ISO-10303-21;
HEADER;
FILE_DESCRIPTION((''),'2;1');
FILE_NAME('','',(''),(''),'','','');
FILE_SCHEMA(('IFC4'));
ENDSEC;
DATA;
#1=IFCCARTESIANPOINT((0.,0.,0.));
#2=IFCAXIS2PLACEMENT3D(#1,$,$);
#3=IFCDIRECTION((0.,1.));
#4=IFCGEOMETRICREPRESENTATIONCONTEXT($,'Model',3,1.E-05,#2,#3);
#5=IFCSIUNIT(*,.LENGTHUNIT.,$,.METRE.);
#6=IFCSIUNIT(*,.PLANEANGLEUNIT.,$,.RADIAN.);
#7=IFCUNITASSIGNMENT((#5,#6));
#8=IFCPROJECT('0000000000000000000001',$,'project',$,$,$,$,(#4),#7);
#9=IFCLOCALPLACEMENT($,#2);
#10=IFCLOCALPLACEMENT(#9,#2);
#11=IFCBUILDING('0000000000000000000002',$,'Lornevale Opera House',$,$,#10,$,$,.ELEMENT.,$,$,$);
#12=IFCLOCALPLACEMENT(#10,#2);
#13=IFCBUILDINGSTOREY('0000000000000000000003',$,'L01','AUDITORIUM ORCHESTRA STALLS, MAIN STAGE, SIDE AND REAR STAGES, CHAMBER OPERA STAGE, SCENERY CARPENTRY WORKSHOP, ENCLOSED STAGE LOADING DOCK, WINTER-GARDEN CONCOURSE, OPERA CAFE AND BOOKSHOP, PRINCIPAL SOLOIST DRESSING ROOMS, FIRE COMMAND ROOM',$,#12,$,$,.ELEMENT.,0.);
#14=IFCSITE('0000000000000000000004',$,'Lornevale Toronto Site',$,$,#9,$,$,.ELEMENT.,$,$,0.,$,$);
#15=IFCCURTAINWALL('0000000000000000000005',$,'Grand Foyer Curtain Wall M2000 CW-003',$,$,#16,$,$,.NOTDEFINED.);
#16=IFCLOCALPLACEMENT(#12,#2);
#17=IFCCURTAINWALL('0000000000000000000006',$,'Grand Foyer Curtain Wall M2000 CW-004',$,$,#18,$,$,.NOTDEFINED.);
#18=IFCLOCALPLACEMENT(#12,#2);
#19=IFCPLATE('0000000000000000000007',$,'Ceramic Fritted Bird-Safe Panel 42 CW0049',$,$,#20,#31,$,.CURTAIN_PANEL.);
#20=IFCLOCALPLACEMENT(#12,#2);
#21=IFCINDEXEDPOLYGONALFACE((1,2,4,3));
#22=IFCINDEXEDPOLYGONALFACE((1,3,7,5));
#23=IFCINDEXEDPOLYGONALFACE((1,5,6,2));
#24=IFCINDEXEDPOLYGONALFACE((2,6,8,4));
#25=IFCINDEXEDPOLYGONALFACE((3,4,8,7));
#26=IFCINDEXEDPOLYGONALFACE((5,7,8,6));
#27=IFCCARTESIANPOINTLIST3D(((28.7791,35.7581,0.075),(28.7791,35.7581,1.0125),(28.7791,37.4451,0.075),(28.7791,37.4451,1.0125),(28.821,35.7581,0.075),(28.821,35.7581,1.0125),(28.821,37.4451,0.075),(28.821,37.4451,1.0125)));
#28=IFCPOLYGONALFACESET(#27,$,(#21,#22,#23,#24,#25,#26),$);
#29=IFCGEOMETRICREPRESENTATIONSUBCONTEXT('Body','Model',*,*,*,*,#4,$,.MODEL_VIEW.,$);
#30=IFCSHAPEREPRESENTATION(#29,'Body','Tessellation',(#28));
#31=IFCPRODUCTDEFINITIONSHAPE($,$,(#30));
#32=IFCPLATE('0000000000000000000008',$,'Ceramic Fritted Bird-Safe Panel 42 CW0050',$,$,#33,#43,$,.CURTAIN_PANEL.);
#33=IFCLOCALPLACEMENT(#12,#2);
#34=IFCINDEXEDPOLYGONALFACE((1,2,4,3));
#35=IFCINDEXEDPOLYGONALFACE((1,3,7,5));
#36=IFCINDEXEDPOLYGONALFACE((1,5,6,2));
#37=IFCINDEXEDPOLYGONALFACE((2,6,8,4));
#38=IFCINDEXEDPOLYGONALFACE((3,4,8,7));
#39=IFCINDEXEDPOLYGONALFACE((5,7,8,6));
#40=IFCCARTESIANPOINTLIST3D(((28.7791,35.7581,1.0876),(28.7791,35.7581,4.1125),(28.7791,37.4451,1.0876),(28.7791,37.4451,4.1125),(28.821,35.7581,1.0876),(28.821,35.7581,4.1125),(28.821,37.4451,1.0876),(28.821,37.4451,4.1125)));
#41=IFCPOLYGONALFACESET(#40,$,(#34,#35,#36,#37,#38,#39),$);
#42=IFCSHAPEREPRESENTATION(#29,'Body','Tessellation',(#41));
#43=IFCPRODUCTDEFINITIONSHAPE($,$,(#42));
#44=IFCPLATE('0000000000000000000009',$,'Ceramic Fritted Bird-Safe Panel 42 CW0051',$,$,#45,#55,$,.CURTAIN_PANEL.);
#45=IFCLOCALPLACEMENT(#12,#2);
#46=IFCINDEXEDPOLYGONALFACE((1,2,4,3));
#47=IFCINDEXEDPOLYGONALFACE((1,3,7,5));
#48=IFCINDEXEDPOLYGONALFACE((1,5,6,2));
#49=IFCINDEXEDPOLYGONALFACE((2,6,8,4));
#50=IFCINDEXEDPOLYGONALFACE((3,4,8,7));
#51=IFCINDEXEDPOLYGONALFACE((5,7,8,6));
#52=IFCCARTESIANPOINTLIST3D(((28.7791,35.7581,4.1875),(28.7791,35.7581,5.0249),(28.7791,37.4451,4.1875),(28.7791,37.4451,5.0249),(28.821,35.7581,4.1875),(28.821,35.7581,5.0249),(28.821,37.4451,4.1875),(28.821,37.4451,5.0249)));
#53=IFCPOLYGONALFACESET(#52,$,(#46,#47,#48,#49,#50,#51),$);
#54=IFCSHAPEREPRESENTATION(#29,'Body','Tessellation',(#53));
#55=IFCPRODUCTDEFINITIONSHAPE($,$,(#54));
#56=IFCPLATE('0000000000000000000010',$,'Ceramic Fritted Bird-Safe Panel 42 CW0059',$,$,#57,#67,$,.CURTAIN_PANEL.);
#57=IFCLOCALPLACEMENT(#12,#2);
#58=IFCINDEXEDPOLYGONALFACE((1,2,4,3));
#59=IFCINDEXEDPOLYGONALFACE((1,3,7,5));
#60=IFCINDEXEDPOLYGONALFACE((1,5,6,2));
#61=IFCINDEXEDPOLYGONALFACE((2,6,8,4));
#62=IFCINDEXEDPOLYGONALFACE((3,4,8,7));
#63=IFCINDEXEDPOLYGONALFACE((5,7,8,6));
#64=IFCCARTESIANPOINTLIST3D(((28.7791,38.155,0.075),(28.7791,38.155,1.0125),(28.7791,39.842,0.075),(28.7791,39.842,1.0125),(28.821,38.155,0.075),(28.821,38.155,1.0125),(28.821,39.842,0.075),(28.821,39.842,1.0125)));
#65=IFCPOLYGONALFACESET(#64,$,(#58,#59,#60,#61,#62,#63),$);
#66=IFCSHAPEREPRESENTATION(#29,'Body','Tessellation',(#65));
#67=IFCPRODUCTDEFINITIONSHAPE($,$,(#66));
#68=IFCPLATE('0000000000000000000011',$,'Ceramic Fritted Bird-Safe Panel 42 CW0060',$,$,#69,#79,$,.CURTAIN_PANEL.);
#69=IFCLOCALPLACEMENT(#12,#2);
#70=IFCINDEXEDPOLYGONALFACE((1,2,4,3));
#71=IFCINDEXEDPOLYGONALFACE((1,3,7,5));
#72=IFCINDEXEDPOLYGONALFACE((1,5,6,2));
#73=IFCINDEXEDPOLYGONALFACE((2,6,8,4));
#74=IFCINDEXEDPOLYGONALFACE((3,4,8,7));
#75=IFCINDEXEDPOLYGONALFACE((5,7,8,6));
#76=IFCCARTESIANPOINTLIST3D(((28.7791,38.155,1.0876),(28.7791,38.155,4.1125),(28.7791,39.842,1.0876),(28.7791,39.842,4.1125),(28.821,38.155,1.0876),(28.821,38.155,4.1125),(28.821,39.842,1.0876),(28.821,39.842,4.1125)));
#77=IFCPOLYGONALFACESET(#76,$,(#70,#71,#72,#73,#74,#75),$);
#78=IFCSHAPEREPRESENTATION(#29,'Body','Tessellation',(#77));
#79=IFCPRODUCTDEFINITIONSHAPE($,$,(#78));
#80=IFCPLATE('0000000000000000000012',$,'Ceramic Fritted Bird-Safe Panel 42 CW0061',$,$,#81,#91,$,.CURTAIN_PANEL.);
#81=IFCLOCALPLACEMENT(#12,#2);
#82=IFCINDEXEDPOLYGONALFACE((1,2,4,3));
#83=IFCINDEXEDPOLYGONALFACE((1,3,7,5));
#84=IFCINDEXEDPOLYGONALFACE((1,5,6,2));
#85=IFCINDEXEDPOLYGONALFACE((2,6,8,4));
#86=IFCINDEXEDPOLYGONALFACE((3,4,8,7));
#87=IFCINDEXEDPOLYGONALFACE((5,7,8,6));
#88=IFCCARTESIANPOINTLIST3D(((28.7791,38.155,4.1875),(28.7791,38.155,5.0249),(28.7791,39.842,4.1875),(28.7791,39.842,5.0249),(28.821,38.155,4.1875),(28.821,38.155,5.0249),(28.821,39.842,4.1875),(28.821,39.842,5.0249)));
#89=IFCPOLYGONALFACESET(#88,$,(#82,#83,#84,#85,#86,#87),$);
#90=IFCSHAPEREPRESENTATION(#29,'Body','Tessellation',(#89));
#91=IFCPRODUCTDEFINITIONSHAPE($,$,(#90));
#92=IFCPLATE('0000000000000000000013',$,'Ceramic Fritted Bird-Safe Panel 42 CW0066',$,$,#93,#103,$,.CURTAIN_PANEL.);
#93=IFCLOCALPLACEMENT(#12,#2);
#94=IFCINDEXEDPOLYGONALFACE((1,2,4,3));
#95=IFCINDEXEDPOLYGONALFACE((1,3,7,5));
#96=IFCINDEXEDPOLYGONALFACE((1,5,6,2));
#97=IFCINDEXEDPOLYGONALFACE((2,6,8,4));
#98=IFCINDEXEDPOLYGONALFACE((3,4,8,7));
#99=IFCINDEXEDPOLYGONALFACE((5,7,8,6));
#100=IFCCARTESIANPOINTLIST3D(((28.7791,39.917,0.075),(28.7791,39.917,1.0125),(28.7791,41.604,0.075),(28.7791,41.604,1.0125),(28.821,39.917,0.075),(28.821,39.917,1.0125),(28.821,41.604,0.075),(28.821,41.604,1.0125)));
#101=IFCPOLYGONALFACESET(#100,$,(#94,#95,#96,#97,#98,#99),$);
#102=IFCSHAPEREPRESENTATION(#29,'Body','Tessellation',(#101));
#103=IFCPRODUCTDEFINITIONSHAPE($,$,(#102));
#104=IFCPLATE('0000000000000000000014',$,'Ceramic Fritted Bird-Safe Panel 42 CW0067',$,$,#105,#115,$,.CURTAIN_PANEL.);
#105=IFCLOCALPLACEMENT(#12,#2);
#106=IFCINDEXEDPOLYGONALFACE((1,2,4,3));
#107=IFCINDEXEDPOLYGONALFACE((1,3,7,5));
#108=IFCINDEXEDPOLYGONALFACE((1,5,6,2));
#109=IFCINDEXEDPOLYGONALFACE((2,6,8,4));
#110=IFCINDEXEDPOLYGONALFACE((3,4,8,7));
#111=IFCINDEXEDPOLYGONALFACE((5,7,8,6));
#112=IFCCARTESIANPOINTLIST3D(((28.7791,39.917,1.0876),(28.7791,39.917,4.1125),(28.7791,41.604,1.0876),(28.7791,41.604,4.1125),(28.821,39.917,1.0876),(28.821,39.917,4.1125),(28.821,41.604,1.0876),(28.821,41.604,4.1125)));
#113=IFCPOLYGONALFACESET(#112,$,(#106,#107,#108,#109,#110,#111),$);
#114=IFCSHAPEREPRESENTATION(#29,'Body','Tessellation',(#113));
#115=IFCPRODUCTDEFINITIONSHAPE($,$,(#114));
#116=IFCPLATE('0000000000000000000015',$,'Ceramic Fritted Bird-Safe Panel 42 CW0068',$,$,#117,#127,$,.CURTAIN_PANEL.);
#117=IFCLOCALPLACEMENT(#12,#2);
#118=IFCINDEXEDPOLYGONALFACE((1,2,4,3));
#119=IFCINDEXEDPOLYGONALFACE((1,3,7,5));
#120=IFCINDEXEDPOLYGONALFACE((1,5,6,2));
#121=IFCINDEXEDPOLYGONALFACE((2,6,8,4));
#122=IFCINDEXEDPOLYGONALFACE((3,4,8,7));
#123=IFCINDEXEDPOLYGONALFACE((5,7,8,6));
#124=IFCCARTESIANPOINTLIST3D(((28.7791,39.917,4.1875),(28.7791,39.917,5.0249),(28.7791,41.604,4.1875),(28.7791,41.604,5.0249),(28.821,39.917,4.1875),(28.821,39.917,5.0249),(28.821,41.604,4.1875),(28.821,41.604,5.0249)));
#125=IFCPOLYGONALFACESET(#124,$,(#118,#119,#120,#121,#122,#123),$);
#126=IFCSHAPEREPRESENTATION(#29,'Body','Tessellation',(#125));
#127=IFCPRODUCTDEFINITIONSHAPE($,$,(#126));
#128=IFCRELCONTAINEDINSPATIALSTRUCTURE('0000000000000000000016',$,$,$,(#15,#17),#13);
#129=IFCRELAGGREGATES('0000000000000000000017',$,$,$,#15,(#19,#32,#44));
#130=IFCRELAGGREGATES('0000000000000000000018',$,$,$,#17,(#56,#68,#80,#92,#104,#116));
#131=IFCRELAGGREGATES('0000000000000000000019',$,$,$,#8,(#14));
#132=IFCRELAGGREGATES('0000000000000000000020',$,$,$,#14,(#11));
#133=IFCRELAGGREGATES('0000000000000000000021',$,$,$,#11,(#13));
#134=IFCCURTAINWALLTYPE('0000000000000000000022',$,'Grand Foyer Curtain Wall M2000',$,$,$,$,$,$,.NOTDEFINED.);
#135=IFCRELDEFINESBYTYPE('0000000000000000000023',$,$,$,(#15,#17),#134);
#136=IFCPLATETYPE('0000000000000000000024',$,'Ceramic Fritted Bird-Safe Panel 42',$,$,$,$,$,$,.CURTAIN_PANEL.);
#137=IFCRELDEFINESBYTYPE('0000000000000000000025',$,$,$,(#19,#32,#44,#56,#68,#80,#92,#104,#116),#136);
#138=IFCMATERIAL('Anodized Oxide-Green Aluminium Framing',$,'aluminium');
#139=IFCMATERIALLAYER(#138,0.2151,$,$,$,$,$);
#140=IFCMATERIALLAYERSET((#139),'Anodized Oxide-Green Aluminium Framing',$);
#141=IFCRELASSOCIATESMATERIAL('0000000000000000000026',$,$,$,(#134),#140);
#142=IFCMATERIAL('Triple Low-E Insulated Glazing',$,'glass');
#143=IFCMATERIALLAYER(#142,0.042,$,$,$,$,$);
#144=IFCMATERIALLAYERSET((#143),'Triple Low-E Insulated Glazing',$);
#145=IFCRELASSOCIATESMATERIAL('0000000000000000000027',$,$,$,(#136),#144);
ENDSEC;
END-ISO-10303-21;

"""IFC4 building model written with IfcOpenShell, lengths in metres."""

from ifc_helpers import new_model, si_unit, direction, frame, origin, origin_2d, place, context, subcontext, project, spatial, rectangle, extrude, material, layer, layer_set, type_object, element, aggregate, save


model = new_model("IFC4")

# Units and contexts
model_context = context("Model", 3, precision=1e-05, world=origin(), true_north=direction((0.0, 1.0)))
body_context = subcontext(model_context, "Body", "Model", "MODEL_VIEW")
ifc_project = project(units=[si_unit("LENGTHUNIT", "METRE"), si_unit("PLANEANGLEUNIT", "RADIAN")], contexts=[model_context])

# Site, building, storey
site_placement = place(None, origin())
site = spatial("IfcSite", under=ifc_project, at=site_placement, Name="Lornevale Toronto Site", CompositionType="ELEMENT", RefElevation=0.0)
building_placement = place(site_placement, origin())
building = spatial("IfcBuilding", under=site, at=building_placement, Name="Lornevale Opera House", CompositionType="ELEMENT")
storey_placement = place(building_placement, origin())
storey = spatial("IfcBuildingStorey", under=building, at=storey_placement, Name="L01", Description="AUDITORIUM ORCHESTRA STALLS, MAIN STAGE, SIDE AND REAR STAGES, CHAMBER OPERA STAGE, SCENERY CARPENTRY WORKSHOP, ENCLOSED STAGE LOADING DOCK, WINTER-GARDEN CONCOURSE, OPERA CAFE AND BOOKSHOP, PRINCIPAL SOLOIST DRESSING ROOMS, FIRE COMMAND ROOM", CompositionType="ELEMENT", Elevation=0.0)

# Curtain wall
ifc_material_1 = material(Name="Anodized Oxide-Green Aluminium Framing", Category="aluminium")
ifc_layer_1 = layer(ifc_material_1, 0.2151)
ifc_layer_set_1 = layer_set([ifc_layer_1], Name="Anodized Oxide-Green Aluminium Framing")
curtain_wall_type = type_object("IfcCurtainWallType", Name="Grand Foyer Curtain Wall M2000", PredefinedType="NOTDEFINED", material=ifc_layer_set_1)
curtain_wall_1_placement = place(storey_placement, origin())
curtain_wall_1 = element("IfcCurtainWall", 1, at=curtain_wall_1_placement, inside=storey, type_object=curtain_wall_type, Name="Grand Foyer Curtain Wall M2000 CW-003", PredefinedType="NOTDEFINED")

# Curtain wall
curtain_wall_2_placement = place(storey_placement, origin())
curtain_wall_2 = element("IfcCurtainWall", 2, at=curtain_wall_2_placement, inside=storey, type_object=curtain_wall_type, Name="Grand Foyer Curtain Wall M2000 CW-004", PredefinedType="NOTDEFINED")

# Plates
ifc_material_2 = material(Name="Triple Low-E Insulated Glazing", Category="glass")
ifc_layer_2 = layer(ifc_material_2, 0.042)
ifc_layer_set_2 = layer_set([ifc_layer_2], Name="Triple Low-E Insulated Glazing")
plate_type = type_object("IfcPlateType", Name="Ceramic Fritted Bird-Safe Panel 42", PredefinedType="CURTAIN_PANEL", material=ifc_layer_set_2)
plate_1_placement = place(storey_placement, frame((28.8, 36.6016, 0.075), z_axis=(0.0, 0.0, 1.0), x_axis=(0.0, 1.0, 0.0)))
plate_1 = element("IfcPlate", 3, at=plate_1_placement, type_object=plate_type, Name="Ceramic Fritted Bird-Safe Panel 42 CW0049", PredefinedType="CURTAIN_PANEL", context=body_context, shape_type="SweptSolid", body=[
    extrude(rectangle(XDim=1.687, YDim=0.042, at=origin_2d()), origin(), (0.0, 0.0, 1.0), 0.9375),
])
plate_2_placement = place(storey_placement, frame((28.8, 36.6016, 1.0876), z_axis=(0.0, 0.0, 1.0), x_axis=(0.0, 1.0, 0.0)))
plate_2 = element("IfcPlate", 4, at=plate_2_placement, type_object=plate_type, Name="Ceramic Fritted Bird-Safe Panel 42 CW0050", PredefinedType="CURTAIN_PANEL", context=body_context, shape_type="SweptSolid", body=[
    extrude(rectangle(XDim=1.687, YDim=0.042, at=origin_2d()), origin(), (0.0, 0.0, 1.0), 3.0249),
])
plate_3_placement = place(storey_placement, frame((28.8, 36.6016, 4.1875), z_axis=(0.0, 0.0, 1.0), x_axis=(0.0, 1.0, 0.0)))
plate_3 = element("IfcPlate", 5, at=plate_3_placement, type_object=plate_type, Name="Ceramic Fritted Bird-Safe Panel 42 CW0051", PredefinedType="CURTAIN_PANEL", context=body_context, shape_type="SweptSolid", body=[
    extrude(rectangle(XDim=1.687, YDim=0.042, at=origin_2d()), origin(), (0.0, 0.0, 1.0), 0.8374),
])
aggregate(curtain_wall_1, [plate_1, plate_2, plate_3])
plate_4_placement = place(storey_placement, frame((28.8, 38.9985, 0.075), z_axis=(0.0, 0.0, 1.0), x_axis=(0.0, 1.0, 0.0)))
plate_4 = element("IfcPlate", 6, at=plate_4_placement, type_object=plate_type, Name="Ceramic Fritted Bird-Safe Panel 42 CW0059", PredefinedType="CURTAIN_PANEL", context=body_context, shape_type="SweptSolid", body=[
    extrude(rectangle(XDim=1.687, YDim=0.042, at=origin_2d()), origin(), (0.0, 0.0, 1.0), 0.9375),
])
plate_5_placement = place(storey_placement, frame((28.8, 38.9985, 1.0876), z_axis=(0.0, 0.0, 1.0), x_axis=(0.0, 1.0, 0.0)))
plate_5 = element("IfcPlate", 7, at=plate_5_placement, type_object=plate_type, Name="Ceramic Fritted Bird-Safe Panel 42 CW0060", PredefinedType="CURTAIN_PANEL", context=body_context, shape_type="SweptSolid", body=[
    extrude(rectangle(XDim=1.687, YDim=0.042, at=origin_2d()), origin(), (0.0, 0.0, 1.0), 3.0249),
])
plate_6_placement = place(storey_placement, frame((28.8, 38.9985, 4.1875), z_axis=(0.0, 0.0, 1.0), x_axis=(0.0, 1.0, 0.0)))
plate_6 = element("IfcPlate", 8, at=plate_6_placement, type_object=plate_type, Name="Ceramic Fritted Bird-Safe Panel 42 CW0061", PredefinedType="CURTAIN_PANEL", context=body_context, shape_type="SweptSolid", body=[
    extrude(rectangle(XDim=1.687, YDim=0.042, at=origin_2d()), origin(), (0.0, 0.0, 1.0), 0.8374),
])
plate_7_placement = place(storey_placement, frame((28.8, 40.7605, 0.075), z_axis=(0.0, 0.0, 1.0), x_axis=(0.0, 1.0, 0.0)))
plate_7 = element("IfcPlate", 9, at=plate_7_placement, type_object=plate_type, Name="Ceramic Fritted Bird-Safe Panel 42 CW0066", PredefinedType="CURTAIN_PANEL", context=body_context, shape_type="SweptSolid", body=[
    extrude(rectangle(XDim=1.687, YDim=0.042, at=origin_2d()), origin(), (0.0, 0.0, 1.0), 0.9375),
])
plate_8_placement = place(storey_placement, frame((28.8, 40.7605, 1.0876), z_axis=(0.0, 0.0, 1.0), x_axis=(0.0, 1.0, 0.0)))
plate_8 = element("IfcPlate", 10, at=plate_8_placement, type_object=plate_type, Name="Ceramic Fritted Bird-Safe Panel 42 CW0067", PredefinedType="CURTAIN_PANEL", context=body_context, shape_type="SweptSolid", body=[
    extrude(rectangle(XDim=1.687, YDim=0.042, at=origin_2d()), origin(), (0.0, 0.0, 1.0), 3.0249),
])
plate_9_placement = place(storey_placement, frame((28.8, 40.7605, 4.1875), z_axis=(0.0, 0.0, 1.0), x_axis=(0.0, 1.0, 0.0)))
plate_9 = element("IfcPlate", 11, at=plate_9_placement, type_object=plate_type, Name="Ceramic Fritted Bird-Safe Panel 42 CW0068", PredefinedType="CURTAIN_PANEL", context=body_context, shape_type="SweptSolid", body=[
    extrude(rectangle(XDim=1.687, YDim=0.042, at=origin_2d()), origin(), (0.0, 0.0, 1.0), 0.8374),
])
aggregate(curtain_wall_2, [plate_4, plate_5, plate_6, plate_7, plate_8, plate_9])

save(model, "model.ifc")
